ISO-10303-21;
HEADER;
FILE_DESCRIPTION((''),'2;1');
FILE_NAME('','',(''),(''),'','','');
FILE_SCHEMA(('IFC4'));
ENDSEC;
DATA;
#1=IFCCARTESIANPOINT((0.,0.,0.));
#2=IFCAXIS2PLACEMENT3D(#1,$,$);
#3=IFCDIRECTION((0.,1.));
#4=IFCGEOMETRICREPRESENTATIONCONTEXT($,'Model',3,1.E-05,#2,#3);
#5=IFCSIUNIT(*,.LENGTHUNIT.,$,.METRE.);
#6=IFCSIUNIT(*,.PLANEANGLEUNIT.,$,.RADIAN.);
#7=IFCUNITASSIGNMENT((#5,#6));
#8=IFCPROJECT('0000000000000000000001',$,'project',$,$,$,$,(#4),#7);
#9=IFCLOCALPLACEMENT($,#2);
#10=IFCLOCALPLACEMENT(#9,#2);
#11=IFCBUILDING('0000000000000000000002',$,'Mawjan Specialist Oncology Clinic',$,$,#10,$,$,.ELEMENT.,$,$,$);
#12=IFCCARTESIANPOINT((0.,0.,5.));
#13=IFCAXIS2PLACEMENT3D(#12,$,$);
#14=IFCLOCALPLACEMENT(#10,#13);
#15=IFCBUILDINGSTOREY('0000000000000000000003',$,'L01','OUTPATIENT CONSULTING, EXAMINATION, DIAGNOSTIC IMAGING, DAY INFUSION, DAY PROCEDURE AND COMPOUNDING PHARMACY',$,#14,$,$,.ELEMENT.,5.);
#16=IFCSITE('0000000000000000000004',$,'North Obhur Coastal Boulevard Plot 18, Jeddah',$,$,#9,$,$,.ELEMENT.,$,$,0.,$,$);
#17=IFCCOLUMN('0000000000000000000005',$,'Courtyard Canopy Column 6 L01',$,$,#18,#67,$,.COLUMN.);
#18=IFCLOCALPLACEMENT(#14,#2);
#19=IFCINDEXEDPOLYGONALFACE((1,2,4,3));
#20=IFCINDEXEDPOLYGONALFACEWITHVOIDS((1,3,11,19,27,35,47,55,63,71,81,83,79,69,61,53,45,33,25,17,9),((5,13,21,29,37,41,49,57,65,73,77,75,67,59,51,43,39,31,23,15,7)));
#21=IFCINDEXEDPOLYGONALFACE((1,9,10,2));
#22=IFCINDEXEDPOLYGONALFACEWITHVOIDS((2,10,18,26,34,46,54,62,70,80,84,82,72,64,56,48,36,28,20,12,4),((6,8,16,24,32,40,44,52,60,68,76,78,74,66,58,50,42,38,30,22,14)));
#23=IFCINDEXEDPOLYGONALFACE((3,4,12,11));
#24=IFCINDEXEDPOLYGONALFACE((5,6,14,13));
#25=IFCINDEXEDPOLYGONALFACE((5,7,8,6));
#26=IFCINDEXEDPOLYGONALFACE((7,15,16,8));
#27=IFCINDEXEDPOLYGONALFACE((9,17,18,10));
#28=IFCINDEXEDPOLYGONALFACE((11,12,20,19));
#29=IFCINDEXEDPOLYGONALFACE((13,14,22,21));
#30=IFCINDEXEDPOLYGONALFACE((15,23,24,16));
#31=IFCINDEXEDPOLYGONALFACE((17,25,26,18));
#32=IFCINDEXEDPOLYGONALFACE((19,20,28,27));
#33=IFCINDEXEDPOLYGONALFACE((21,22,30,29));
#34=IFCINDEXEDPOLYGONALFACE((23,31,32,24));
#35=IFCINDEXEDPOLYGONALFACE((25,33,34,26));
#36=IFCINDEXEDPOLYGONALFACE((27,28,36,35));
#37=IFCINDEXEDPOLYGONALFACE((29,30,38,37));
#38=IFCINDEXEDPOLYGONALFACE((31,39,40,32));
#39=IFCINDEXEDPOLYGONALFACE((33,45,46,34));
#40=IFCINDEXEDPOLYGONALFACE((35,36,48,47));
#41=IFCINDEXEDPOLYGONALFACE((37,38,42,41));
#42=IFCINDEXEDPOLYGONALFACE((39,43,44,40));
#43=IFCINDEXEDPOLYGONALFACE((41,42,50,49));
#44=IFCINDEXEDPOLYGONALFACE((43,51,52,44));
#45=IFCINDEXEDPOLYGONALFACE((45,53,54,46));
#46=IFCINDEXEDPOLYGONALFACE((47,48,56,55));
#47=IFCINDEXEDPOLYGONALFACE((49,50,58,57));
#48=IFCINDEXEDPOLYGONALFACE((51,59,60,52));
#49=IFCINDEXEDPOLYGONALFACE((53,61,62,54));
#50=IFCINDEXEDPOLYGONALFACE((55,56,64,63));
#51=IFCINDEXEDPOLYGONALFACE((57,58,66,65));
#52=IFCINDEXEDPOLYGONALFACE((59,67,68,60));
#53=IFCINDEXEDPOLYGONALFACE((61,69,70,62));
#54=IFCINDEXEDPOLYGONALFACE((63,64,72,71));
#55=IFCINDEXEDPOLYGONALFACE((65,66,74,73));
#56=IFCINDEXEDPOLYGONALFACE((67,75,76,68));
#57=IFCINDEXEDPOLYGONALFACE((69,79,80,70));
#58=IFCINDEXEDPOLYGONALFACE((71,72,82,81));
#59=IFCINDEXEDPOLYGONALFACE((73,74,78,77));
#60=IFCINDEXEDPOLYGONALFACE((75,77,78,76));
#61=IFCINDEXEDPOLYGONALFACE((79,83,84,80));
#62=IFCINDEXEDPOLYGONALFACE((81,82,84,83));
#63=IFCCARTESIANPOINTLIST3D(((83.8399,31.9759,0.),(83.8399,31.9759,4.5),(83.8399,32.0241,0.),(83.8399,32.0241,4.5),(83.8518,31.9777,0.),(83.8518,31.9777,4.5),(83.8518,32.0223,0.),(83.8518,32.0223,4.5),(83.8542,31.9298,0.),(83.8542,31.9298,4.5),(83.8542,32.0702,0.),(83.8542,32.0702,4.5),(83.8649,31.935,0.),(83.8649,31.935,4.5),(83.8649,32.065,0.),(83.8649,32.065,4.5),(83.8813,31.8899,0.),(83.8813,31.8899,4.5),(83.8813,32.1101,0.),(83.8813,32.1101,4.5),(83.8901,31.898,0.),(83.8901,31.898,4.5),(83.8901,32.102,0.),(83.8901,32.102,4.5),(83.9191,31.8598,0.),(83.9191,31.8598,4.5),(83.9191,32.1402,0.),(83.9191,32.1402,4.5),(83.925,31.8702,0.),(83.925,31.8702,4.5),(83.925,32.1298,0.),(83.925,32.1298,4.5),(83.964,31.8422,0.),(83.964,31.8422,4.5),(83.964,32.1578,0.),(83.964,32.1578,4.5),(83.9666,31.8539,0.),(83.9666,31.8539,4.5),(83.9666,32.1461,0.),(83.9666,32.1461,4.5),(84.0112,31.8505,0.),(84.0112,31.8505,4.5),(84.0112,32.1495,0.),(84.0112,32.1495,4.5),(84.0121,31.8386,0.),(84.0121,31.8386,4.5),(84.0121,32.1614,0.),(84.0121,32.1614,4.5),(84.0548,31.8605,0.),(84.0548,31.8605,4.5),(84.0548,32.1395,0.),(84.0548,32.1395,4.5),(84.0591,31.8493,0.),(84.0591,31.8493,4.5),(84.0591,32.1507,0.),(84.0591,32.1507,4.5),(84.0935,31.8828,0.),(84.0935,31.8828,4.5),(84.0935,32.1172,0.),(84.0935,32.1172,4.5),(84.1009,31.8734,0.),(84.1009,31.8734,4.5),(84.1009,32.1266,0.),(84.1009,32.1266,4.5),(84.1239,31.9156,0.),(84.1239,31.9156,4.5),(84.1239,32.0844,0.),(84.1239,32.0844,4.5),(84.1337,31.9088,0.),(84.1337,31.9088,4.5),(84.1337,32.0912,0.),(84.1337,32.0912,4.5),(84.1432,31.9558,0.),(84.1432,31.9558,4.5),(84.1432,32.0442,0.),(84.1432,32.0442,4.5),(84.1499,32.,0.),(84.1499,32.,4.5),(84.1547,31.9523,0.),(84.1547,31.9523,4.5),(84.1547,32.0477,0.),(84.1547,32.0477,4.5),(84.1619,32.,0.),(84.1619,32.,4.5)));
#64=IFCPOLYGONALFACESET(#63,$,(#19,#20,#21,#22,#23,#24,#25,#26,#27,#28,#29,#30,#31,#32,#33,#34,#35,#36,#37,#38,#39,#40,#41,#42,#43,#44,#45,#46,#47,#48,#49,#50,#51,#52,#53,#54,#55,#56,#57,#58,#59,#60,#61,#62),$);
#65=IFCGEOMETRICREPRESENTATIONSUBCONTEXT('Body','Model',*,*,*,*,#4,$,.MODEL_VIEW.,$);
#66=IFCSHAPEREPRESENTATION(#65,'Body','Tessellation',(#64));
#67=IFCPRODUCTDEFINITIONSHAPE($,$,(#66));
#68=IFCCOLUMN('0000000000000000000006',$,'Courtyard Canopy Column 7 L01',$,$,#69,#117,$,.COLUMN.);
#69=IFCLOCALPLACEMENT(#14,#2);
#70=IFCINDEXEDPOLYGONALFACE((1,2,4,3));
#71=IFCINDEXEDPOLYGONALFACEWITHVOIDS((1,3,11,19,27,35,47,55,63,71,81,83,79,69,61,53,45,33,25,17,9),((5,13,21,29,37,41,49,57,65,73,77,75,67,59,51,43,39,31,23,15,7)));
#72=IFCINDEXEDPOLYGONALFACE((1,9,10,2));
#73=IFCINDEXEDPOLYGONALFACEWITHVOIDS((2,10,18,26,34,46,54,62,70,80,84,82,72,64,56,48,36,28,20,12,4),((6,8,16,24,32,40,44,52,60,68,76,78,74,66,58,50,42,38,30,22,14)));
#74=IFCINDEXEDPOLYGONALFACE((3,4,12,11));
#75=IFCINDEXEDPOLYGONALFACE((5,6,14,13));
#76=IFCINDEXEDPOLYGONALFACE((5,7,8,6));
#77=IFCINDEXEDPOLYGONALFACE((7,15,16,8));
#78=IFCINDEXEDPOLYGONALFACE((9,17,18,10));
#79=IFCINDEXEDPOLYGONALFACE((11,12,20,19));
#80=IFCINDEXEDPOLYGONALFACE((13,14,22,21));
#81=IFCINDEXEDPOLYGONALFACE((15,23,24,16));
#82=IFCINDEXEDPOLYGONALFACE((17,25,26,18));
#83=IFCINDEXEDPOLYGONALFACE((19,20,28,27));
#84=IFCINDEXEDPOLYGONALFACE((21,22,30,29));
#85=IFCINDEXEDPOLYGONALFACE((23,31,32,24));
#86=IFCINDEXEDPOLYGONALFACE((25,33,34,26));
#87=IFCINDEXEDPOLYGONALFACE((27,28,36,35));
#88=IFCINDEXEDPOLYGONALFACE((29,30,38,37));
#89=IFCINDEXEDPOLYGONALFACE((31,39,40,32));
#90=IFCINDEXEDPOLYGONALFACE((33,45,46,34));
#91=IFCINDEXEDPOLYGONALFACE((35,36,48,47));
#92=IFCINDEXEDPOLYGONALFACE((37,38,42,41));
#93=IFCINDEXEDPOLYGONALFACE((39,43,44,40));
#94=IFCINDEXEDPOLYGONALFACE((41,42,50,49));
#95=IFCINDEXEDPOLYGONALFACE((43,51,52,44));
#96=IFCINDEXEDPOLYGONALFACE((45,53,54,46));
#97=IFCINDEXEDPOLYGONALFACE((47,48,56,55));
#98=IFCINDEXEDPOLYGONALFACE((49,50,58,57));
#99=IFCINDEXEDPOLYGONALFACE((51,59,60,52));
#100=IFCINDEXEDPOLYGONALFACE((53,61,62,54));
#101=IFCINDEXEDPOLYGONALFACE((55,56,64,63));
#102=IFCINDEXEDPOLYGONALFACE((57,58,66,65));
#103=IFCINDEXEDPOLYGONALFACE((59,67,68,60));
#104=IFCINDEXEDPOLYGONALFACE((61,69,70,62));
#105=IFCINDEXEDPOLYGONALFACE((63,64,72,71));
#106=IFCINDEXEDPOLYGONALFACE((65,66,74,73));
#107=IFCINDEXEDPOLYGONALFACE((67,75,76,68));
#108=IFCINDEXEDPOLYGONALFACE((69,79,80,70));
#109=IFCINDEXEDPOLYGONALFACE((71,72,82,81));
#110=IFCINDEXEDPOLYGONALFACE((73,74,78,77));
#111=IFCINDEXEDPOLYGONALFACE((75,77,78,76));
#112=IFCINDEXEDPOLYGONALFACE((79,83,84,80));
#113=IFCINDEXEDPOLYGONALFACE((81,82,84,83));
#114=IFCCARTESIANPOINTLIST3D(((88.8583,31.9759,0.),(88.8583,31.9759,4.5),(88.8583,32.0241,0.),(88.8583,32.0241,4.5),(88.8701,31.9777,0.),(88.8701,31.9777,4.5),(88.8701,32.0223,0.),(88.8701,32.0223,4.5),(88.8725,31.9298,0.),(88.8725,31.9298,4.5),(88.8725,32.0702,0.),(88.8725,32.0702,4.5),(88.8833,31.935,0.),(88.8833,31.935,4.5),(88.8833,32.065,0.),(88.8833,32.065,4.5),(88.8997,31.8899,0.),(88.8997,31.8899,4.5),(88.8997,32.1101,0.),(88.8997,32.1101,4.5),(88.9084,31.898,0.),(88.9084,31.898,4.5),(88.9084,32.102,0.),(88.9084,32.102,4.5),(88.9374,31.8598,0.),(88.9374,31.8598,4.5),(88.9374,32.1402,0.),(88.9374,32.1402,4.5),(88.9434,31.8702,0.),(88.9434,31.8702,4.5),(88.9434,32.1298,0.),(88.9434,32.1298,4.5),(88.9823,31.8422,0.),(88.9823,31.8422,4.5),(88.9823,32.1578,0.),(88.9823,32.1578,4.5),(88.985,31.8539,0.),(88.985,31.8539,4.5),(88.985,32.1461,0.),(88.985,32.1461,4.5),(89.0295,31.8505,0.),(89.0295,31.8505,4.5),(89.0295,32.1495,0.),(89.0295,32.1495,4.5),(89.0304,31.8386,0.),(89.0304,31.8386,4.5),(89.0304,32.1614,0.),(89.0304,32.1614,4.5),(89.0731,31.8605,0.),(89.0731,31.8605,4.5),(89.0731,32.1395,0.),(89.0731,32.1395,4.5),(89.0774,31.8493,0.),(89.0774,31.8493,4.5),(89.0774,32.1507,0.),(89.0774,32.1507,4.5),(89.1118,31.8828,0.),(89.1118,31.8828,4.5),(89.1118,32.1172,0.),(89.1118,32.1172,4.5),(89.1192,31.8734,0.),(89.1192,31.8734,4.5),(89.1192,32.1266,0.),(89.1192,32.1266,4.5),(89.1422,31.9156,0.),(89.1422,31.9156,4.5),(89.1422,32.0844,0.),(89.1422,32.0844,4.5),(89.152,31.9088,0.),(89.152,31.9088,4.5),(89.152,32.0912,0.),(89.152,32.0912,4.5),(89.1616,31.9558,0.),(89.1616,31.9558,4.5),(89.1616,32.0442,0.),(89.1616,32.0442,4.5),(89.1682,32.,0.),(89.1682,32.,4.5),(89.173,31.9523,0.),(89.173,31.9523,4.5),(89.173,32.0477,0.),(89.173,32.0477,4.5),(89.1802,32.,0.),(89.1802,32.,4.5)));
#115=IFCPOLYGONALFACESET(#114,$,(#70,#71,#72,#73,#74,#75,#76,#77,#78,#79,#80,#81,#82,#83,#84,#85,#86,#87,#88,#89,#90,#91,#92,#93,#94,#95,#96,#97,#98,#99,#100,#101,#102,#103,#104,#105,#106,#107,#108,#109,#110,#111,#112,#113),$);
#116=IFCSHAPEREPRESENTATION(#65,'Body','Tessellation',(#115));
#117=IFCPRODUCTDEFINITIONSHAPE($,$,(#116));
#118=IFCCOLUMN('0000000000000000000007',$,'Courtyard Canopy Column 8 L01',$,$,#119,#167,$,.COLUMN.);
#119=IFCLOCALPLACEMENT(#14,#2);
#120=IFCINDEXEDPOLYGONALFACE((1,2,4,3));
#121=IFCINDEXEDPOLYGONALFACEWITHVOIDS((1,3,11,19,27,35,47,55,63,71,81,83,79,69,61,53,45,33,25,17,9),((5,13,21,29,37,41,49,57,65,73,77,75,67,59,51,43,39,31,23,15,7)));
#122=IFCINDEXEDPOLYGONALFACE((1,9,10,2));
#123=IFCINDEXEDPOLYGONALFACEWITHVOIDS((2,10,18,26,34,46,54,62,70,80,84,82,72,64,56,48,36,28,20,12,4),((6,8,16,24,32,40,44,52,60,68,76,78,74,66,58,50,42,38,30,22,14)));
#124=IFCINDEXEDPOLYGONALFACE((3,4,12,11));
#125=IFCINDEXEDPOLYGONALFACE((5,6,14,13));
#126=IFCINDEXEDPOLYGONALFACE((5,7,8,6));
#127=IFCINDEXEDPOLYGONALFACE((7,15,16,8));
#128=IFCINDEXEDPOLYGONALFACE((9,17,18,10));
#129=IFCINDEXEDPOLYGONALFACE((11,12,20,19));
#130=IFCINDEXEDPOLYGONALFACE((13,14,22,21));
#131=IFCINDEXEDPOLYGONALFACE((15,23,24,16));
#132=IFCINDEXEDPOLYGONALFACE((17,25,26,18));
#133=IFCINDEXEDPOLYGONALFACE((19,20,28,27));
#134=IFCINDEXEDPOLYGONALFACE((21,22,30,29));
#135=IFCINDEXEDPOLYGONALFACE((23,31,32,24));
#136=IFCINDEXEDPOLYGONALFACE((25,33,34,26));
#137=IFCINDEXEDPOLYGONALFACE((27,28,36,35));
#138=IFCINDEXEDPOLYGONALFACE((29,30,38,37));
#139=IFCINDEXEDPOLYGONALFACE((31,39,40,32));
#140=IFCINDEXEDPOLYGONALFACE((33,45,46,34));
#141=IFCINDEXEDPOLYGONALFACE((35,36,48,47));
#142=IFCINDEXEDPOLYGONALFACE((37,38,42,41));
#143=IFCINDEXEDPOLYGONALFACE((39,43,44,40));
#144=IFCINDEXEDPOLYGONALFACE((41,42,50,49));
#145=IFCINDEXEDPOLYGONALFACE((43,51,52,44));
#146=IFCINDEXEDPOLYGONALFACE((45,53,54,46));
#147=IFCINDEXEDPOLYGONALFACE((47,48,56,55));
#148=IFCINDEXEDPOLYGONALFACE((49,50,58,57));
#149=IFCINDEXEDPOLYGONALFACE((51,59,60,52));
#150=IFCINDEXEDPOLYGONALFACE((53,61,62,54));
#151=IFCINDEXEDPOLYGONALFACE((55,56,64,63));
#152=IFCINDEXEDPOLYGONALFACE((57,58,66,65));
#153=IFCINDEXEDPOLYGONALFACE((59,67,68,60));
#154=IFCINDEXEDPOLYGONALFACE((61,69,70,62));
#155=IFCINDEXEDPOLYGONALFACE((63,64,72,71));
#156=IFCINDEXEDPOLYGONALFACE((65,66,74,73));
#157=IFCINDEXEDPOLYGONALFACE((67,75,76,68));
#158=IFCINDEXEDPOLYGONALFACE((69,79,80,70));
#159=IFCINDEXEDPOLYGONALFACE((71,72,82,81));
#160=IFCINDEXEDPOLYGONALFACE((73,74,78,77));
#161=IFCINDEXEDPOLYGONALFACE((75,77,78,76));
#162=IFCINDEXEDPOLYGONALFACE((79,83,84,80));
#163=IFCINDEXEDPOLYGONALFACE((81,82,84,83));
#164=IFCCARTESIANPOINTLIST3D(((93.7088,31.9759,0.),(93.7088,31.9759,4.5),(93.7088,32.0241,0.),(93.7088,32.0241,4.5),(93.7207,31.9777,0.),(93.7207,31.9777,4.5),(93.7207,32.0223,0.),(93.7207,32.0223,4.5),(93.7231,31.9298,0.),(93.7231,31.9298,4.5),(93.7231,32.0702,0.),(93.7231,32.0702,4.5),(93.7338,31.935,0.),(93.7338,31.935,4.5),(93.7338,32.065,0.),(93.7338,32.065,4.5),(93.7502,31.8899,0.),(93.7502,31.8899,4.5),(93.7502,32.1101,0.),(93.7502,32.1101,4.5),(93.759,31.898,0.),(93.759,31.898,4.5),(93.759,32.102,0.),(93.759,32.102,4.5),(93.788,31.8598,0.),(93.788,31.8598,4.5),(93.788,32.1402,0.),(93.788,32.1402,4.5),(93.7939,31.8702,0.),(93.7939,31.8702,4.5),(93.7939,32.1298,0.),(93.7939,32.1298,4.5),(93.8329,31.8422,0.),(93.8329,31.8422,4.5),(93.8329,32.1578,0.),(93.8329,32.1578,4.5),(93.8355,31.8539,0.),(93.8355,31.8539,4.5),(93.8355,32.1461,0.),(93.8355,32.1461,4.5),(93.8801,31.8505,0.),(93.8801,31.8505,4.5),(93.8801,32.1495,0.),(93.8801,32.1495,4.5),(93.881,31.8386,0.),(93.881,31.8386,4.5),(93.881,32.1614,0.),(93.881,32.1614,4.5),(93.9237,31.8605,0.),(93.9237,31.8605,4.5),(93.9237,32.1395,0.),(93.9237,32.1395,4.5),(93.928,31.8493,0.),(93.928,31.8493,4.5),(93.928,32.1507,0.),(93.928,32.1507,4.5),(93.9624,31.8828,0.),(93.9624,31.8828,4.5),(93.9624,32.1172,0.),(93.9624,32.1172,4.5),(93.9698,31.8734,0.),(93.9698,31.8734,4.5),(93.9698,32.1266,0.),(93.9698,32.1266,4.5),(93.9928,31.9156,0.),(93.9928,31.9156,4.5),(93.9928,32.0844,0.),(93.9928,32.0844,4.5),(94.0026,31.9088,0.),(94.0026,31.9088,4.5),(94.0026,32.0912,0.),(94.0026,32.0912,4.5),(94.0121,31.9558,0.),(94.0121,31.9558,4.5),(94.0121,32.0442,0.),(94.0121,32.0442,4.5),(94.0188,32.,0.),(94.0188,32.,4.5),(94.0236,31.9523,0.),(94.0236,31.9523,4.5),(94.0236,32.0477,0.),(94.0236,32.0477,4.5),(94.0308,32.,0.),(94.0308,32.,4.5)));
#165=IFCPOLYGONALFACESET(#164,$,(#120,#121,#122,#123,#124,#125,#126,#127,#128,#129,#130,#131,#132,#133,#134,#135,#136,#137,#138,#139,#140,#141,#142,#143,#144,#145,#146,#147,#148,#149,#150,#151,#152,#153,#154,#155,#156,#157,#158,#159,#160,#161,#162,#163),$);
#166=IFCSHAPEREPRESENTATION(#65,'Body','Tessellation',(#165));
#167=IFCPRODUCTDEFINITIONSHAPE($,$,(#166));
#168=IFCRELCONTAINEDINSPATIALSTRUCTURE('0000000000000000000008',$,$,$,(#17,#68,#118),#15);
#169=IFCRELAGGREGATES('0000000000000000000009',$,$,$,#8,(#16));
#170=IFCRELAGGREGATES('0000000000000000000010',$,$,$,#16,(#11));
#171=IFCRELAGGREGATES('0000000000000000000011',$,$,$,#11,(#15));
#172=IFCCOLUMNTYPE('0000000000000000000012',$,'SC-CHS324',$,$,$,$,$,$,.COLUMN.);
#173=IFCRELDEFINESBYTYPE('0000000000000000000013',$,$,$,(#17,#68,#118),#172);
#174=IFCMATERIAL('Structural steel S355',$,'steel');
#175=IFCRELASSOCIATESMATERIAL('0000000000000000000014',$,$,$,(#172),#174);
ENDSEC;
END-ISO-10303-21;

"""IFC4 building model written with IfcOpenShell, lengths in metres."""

from ifc_helpers import new_model, si_unit, direction, frame, origin, origin_2d, place, context, subcontext, project, spatial, hollow_circle, extrude, material, material_profile, profile_set, type_object, element, save


model = new_model("IFC4")

# Units and contexts
model_context = context("Model", 3, precision=1e-05, world=origin(), true_north=direction((0.0, 1.0)))
body_context = subcontext(model_context, "Body", "Model", "MODEL_VIEW")
ifc_project = project(units=[si_unit("LENGTHUNIT", "METRE"), si_unit("PLANEANGLEUNIT", "RADIAN")], contexts=[model_context])

# Site, building, storey
site_placement = place(None, origin())
site = spatial("IfcSite", under=ifc_project, at=site_placement, Name="North Obhur Coastal Boulevard Plot 18, Jeddah", CompositionType="ELEMENT", RefElevation=0.0)
building_placement = place(site_placement, origin())
building = spatial("IfcBuilding", under=site, at=building_placement, Name="Mawjan Specialist Oncology Clinic", CompositionType="ELEMENT")
storey_placement = place(building_placement, frame((0.0, 0.0, 5.0)))
storey = spatial("IfcBuildingStorey", under=building, at=storey_placement, Name="L01", Description="OUTPATIENT CONSULTING, EXAMINATION, DIAGNOSTIC IMAGING, DAY INFUSION, DAY PROCEDURE AND COMPOUNDING PHARMACY", CompositionType="ELEMENT", Elevation=5.0)

# Columns
ifc_material_1 = material(Name="Structural steel S355", Category="steel")
ifc_material_profile = material_profile(ifc_material_1, hollow_circle(Radius=0.1619, WallThickness=0.012, at=origin_2d()), Name="CHS 323.9x12", Category="steel")
ifc_profile_set = profile_set([ifc_material_profile], Name="Structural steel S355")
column_type = type_object("IfcColumnType", Name="SC-CHS324", PredefinedType="COLUMN", material=ifc_profile_set)
for number, where, z_axis, x_axis, name in (
    (1, (84.0, 32.0, 0.0), (0.0, 0.0, 1.0), (1.0, 0.0, 0.0), "Courtyard Canopy Column 6 L01"),
    (2, (89.0183, 32.0, 0.0), (0.0, 0.0, 1.0), (1.0, 0.0, 0.0), "Courtyard Canopy Column 7 L01"),
    (3, (93.8689, 32.0, 0.0), (0.0, 0.0, 1.0), (1.0, 0.0, 0.0), "Courtyard Canopy Column 8 L01"),
):
    element("IfcColumn", number, at=place(storey_placement, frame(where, z_axis=z_axis, x_axis=x_axis)), inside=storey, type_object=column_type, Name=name, PredefinedType="COLUMN", context=body_context, shape_type="SweptSolid", body=[
        extrude(hollow_circle(Radius=0.1619, WallThickness=0.012, at=origin_2d()), origin(), (0.0, 0.0, 1.0), 4.5),
    ])

save(model, "model.ifc")
